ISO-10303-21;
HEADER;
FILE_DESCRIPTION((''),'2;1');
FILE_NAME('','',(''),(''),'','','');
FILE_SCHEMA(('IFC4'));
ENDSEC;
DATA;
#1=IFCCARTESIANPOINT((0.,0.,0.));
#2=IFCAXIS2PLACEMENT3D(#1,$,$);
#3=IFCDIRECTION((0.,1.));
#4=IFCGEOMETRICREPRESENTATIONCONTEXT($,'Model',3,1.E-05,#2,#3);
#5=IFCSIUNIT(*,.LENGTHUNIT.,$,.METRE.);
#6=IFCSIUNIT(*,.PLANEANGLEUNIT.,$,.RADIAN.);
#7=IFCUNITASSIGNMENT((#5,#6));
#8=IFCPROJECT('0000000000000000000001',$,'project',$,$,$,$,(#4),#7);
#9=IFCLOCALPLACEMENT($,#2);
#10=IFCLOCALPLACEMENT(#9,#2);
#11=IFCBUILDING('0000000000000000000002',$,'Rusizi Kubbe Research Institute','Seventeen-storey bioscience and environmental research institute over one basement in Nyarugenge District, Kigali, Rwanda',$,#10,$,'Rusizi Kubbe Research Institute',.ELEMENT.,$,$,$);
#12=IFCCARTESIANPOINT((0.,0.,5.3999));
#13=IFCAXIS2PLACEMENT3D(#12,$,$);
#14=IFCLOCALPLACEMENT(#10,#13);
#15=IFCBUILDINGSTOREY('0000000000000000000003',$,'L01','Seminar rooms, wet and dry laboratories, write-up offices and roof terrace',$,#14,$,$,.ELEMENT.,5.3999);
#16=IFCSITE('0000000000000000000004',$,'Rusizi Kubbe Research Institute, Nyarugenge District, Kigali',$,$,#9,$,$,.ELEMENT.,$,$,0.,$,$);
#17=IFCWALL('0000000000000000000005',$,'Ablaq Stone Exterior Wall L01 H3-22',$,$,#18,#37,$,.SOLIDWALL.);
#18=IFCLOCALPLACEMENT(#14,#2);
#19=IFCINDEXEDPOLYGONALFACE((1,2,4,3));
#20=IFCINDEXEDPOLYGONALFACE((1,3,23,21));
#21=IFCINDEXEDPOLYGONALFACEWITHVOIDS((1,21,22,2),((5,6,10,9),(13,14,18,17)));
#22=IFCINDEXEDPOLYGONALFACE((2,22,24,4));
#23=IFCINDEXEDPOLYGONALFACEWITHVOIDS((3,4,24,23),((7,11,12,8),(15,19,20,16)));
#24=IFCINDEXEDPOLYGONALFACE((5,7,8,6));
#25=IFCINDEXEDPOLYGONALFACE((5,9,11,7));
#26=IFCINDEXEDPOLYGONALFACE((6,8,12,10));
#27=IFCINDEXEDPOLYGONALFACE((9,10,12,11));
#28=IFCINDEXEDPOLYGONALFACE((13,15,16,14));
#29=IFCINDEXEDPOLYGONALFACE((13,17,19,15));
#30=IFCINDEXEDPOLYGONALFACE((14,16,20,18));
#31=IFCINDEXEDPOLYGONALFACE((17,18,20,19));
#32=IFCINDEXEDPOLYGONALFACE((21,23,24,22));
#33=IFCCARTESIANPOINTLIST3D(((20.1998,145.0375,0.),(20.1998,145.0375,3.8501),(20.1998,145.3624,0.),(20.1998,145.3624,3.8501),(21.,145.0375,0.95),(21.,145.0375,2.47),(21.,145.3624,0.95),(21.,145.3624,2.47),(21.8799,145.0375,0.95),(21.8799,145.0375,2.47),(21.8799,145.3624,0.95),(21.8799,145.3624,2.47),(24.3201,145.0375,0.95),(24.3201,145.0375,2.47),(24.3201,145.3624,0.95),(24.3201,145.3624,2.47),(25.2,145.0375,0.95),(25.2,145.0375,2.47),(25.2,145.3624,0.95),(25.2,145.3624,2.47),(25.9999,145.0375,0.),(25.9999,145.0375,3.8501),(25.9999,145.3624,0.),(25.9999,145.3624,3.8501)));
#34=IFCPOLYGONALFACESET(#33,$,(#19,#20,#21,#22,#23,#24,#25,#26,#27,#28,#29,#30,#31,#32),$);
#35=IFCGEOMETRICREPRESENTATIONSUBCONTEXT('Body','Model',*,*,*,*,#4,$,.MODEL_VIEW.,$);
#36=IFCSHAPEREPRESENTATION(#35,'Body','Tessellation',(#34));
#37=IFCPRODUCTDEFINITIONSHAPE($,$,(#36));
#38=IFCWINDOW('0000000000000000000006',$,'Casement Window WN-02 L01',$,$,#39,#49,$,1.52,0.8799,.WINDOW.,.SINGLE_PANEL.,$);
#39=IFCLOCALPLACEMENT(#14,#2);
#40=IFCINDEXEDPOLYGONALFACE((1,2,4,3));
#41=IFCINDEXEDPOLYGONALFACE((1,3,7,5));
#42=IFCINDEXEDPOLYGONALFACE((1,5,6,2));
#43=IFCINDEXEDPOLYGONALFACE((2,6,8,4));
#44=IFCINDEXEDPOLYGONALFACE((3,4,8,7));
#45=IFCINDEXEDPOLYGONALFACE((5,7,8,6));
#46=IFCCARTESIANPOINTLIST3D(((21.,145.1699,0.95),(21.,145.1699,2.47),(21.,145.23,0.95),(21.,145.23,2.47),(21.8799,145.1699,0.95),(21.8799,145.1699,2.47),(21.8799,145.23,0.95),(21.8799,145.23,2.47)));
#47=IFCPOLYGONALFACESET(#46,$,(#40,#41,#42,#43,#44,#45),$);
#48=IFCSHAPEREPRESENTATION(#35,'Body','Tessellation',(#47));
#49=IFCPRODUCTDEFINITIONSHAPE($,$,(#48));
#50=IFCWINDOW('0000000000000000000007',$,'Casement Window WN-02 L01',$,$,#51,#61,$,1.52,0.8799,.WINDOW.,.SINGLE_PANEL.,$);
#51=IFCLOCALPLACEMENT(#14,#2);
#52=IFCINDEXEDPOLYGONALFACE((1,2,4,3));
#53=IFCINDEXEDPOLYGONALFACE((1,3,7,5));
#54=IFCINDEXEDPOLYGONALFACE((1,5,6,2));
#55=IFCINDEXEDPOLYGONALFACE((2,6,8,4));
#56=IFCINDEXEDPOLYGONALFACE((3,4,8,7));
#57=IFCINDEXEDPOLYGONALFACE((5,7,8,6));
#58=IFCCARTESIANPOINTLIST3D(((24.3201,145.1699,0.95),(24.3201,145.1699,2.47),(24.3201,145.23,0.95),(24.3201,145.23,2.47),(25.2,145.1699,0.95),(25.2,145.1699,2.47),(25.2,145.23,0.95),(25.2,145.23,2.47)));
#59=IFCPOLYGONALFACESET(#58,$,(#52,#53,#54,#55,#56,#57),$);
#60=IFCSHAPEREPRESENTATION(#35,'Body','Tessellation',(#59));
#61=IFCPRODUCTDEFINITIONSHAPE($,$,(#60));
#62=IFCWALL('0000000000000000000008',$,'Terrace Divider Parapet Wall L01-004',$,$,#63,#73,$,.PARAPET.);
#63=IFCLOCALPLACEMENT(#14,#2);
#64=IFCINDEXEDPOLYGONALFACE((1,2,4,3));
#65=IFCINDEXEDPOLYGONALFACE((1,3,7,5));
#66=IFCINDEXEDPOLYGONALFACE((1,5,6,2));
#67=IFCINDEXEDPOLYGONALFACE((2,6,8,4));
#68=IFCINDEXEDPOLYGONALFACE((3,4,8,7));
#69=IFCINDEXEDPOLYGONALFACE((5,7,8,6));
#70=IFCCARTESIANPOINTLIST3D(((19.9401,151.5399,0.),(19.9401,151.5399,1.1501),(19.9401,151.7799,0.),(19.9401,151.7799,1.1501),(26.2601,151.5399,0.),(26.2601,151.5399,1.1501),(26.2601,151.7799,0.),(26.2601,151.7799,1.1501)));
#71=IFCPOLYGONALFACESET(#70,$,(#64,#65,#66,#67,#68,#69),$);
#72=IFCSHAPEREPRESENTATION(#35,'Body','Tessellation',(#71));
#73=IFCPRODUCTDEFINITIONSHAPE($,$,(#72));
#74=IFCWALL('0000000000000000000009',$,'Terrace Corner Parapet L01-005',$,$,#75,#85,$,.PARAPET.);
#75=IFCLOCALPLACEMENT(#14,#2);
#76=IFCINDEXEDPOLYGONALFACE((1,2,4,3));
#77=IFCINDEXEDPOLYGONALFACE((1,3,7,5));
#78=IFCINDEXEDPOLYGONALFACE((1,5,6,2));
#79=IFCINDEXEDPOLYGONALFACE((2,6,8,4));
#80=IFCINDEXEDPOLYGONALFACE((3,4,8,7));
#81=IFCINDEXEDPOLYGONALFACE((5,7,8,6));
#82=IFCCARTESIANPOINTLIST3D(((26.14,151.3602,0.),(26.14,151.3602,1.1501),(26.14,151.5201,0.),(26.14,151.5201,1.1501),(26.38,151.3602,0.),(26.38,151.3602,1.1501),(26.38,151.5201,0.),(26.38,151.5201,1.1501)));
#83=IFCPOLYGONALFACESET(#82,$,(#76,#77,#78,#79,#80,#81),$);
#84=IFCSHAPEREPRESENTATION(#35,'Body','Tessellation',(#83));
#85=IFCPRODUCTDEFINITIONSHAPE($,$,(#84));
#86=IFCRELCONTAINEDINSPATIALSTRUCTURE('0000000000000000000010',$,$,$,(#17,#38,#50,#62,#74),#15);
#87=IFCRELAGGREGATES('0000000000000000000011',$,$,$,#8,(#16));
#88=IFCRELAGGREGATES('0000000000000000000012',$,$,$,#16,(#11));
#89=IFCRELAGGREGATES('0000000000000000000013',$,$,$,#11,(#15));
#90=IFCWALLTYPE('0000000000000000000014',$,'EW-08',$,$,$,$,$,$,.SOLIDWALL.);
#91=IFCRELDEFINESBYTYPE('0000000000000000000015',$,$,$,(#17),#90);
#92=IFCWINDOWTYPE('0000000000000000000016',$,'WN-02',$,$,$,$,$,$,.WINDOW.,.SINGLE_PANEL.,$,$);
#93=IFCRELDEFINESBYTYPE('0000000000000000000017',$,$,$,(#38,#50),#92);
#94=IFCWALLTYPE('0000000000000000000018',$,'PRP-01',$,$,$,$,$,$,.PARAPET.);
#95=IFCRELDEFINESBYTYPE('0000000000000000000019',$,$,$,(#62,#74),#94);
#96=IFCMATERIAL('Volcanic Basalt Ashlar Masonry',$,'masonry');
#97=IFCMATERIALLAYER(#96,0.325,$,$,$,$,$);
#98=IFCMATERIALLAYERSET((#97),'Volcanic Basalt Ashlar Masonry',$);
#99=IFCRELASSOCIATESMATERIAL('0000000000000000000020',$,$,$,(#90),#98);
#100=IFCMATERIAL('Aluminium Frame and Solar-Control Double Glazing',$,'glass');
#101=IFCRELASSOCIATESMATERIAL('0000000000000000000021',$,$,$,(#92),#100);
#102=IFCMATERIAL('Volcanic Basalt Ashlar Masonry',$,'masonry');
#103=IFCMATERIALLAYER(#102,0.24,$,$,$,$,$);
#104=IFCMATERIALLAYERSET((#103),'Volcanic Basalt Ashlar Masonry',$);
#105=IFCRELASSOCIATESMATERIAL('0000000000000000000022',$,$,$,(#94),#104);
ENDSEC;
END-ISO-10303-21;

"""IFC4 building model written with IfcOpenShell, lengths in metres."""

from ifc_helpers import new_model, si_unit, direction, frame, frame_2d, origin, place, context, subcontext, project, spatial, rectangle, extrude, material, layer, layer_set, type_object, element, fill, save


model = new_model("IFC4")

# Units and contexts
model_context = context("Model", 3, precision=1e-05, world=origin(), true_north=direction((0.0, 1.0)))
body_context = subcontext(model_context, "Body", "Model", "MODEL_VIEW")
ifc_project = project(units=[si_unit("LENGTHUNIT", "METRE"), si_unit("PLANEANGLEUNIT", "RADIAN")], contexts=[model_context])

# Site, building, storey
site_placement = place(None, origin())
site = spatial("IfcSite", under=ifc_project, at=site_placement, Name="Rusizi Kubbe Research Institute, Nyarugenge District, Kigali", CompositionType="ELEMENT", RefElevation=0.0)
building_placement = place(site_placement, origin())
building = spatial("IfcBuilding", under=site, at=building_placement, Name="Rusizi Kubbe Research Institute", Description="Seventeen-storey bioscience and environmental research institute over one basement in Nyarugenge District, Kigali, Rwanda", LongName="Rusizi Kubbe Research Institute", CompositionType="ELEMENT")
storey_placement = place(building_placement, frame((0.0, 0.0, 5.3999)))
storey = spatial("IfcBuildingStorey", under=building, at=storey_placement, Name="L01", Description="Seminar rooms, wet and dry laboratories, write-up offices and roof terrace", CompositionType="ELEMENT", Elevation=5.3999)

# Wall, openings, windows
ifc_material_1 = material(Name="Volcanic Basalt Ashlar Masonry", Category="masonry")
ifc_layer_1 = layer(ifc_material_1, 0.325)
ifc_layer_set_1 = layer_set([ifc_layer_1], Name="Volcanic Basalt Ashlar Masonry")
wall_type_1 = type_object("IfcWallType", Name="EW-08", PredefinedType="SOLIDWALL", material=ifc_layer_set_1)
wall_1_placement = place(storey_placement, frame((20.2, 145.2, 0.0), z_axis=(0.0, 0.0, 1.0), x_axis=(1.0, 0.0, 0.0)))
wall_1 = element("IfcWall", 1, at=wall_1_placement, inside=storey, type_object=wall_type_1, Name="Ablaq Stone Exterior Wall L01 H3-22", PredefinedType="SOLIDWALL", context=body_context, shape_type="SweptSolid", body=[
    extrude(rectangle(XDim=5.8, YDim=0.325, at=frame_2d((2.8999, 0.0))), origin(), (0.0, 0.0, 1.0), 3.8501),
])
opening_1_placement = place(wall_1_placement, frame((0.8, 0.0, 0.95)))
opening_1 = element("IfcOpeningElement", 2, at=opening_1_placement, cuts=wall_1, PredefinedType="OPENING", context=body_context, shape_type="SweptSolid", body=[
    extrude(rectangle(XDim=0.8799, YDim=1.52, at=frame_2d((0.4399, 0.76))), frame((0.0, 0.1724, 0.0), z_axis=(0.0, -1.0, 0.0), x_axis=(1.0, 0.0, 0.0)), (0.0, 0.0, 1.0), 0.345),
])
opening_2_placement = place(wall_1_placement, frame((4.1201, 0.0, 0.95)))
opening_2 = element("IfcOpeningElement", 3, at=opening_2_placement, cuts=wall_1, PredefinedType="OPENING", context=body_context, shape_type="SweptSolid", body=[
    extrude(rectangle(XDim=0.8799, YDim=1.52, at=frame_2d((0.4399, 0.76))), frame((0.0, 0.1724, 0.0), z_axis=(0.0, -1.0, 0.0), x_axis=(1.0, 0.0, 0.0)), (0.0, 0.0, 1.0), 0.345),
])
ifc_material_2 = material(Name="Aluminium Frame and Solar-Control Double Glazing", Category="glass")
window_type = type_object("IfcWindowType", Name="WN-02", PartitioningType="SINGLE_PANEL", PredefinedType="WINDOW", material=ifc_material_2)
window_1_placement = place(opening_1_placement, origin())
window_1 = element("IfcWindow", 4, at=window_1_placement, inside=storey, type_object=window_type, Name="Casement Window WN-02 L01", OverallHeight=1.52, OverallWidth=0.8799, PartitioningType="SINGLE_PANEL", PredefinedType="WINDOW", context=body_context, shape_type="SweptSolid", body=[
    extrude(rectangle(XDim=0.8799, YDim=1.52, at=frame_2d((0.4399, 0.76))), frame((0.0, 0.03, 0.0), z_axis=(0.0, -1.0, 0.0), x_axis=(1.0, 0.0, 0.0)), (0.0, 0.0, 1.0), 0.0601),
])
fill(opening_1, window_1)
window_2_placement = place(opening_2_placement, origin())
window_2 = element("IfcWindow", 5, at=window_2_placement, inside=storey, type_object=window_type, Name="Casement Window WN-02 L01", OverallHeight=1.52, OverallWidth=0.8799, PartitioningType="SINGLE_PANEL", PredefinedType="WINDOW", context=body_context, shape_type="SweptSolid", body=[
    extrude(rectangle(XDim=0.8799, YDim=1.52, at=frame_2d((0.4399, 0.76))), frame((0.0, 0.03, 0.0), z_axis=(0.0, -1.0, 0.0), x_axis=(1.0, 0.0, 0.0)), (0.0, 0.0, 1.0), 0.0601),
])
fill(opening_2, window_2)

# Walls
ifc_material_3 = material(Name="Volcanic Basalt Ashlar Masonry", Category="masonry")
ifc_layer_2 = layer(ifc_material_3, 0.24)
ifc_layer_set_2 = layer_set([ifc_layer_2], Name="Volcanic Basalt Ashlar Masonry")
wall_type_2 = type_object("IfcWallType", Name="PRP-01", PredefinedType="PARAPET", material=ifc_layer_set_2)
wall_2_placement = place(storey_placement, frame((19.9399, 151.6599, 0.0), z_axis=(0.0, 0.0, 1.0), x_axis=(1.0, 0.0, 0.0)))
element("IfcWall", 6, at=wall_2_placement, inside=storey, type_object=wall_type_2, Name="Terrace Divider Parapet Wall L01-004", PredefinedType="PARAPET", context=body_context, shape_type="SweptSolid", body=[
    extrude(rectangle(XDim=6.3201, YDim=0.24, at=frame_2d((3.1602, 0.0))), origin(), (0.0, 0.0, 1.0), 1.1501),
])
wall_3_placement = place(storey_placement, frame((26.26, 151.3601, 0.0), z_axis=(0.0, 0.0, 1.0), x_axis=(0.0, 1.0, 0.0)))
element("IfcWall", 7, at=wall_3_placement, inside=storey, type_object=wall_type_2, Name="Terrace Corner Parapet L01-005", PredefinedType="PARAPET", context=body_context, shape_type="SweptSolid", body=[
    extrude(rectangle(XDim=0.1599, YDim=0.24, at=frame_2d((0.0801, 0.0))), origin(), (0.0, 0.0, 1.0), 1.1501),
])

save(model, "model.ifc")
